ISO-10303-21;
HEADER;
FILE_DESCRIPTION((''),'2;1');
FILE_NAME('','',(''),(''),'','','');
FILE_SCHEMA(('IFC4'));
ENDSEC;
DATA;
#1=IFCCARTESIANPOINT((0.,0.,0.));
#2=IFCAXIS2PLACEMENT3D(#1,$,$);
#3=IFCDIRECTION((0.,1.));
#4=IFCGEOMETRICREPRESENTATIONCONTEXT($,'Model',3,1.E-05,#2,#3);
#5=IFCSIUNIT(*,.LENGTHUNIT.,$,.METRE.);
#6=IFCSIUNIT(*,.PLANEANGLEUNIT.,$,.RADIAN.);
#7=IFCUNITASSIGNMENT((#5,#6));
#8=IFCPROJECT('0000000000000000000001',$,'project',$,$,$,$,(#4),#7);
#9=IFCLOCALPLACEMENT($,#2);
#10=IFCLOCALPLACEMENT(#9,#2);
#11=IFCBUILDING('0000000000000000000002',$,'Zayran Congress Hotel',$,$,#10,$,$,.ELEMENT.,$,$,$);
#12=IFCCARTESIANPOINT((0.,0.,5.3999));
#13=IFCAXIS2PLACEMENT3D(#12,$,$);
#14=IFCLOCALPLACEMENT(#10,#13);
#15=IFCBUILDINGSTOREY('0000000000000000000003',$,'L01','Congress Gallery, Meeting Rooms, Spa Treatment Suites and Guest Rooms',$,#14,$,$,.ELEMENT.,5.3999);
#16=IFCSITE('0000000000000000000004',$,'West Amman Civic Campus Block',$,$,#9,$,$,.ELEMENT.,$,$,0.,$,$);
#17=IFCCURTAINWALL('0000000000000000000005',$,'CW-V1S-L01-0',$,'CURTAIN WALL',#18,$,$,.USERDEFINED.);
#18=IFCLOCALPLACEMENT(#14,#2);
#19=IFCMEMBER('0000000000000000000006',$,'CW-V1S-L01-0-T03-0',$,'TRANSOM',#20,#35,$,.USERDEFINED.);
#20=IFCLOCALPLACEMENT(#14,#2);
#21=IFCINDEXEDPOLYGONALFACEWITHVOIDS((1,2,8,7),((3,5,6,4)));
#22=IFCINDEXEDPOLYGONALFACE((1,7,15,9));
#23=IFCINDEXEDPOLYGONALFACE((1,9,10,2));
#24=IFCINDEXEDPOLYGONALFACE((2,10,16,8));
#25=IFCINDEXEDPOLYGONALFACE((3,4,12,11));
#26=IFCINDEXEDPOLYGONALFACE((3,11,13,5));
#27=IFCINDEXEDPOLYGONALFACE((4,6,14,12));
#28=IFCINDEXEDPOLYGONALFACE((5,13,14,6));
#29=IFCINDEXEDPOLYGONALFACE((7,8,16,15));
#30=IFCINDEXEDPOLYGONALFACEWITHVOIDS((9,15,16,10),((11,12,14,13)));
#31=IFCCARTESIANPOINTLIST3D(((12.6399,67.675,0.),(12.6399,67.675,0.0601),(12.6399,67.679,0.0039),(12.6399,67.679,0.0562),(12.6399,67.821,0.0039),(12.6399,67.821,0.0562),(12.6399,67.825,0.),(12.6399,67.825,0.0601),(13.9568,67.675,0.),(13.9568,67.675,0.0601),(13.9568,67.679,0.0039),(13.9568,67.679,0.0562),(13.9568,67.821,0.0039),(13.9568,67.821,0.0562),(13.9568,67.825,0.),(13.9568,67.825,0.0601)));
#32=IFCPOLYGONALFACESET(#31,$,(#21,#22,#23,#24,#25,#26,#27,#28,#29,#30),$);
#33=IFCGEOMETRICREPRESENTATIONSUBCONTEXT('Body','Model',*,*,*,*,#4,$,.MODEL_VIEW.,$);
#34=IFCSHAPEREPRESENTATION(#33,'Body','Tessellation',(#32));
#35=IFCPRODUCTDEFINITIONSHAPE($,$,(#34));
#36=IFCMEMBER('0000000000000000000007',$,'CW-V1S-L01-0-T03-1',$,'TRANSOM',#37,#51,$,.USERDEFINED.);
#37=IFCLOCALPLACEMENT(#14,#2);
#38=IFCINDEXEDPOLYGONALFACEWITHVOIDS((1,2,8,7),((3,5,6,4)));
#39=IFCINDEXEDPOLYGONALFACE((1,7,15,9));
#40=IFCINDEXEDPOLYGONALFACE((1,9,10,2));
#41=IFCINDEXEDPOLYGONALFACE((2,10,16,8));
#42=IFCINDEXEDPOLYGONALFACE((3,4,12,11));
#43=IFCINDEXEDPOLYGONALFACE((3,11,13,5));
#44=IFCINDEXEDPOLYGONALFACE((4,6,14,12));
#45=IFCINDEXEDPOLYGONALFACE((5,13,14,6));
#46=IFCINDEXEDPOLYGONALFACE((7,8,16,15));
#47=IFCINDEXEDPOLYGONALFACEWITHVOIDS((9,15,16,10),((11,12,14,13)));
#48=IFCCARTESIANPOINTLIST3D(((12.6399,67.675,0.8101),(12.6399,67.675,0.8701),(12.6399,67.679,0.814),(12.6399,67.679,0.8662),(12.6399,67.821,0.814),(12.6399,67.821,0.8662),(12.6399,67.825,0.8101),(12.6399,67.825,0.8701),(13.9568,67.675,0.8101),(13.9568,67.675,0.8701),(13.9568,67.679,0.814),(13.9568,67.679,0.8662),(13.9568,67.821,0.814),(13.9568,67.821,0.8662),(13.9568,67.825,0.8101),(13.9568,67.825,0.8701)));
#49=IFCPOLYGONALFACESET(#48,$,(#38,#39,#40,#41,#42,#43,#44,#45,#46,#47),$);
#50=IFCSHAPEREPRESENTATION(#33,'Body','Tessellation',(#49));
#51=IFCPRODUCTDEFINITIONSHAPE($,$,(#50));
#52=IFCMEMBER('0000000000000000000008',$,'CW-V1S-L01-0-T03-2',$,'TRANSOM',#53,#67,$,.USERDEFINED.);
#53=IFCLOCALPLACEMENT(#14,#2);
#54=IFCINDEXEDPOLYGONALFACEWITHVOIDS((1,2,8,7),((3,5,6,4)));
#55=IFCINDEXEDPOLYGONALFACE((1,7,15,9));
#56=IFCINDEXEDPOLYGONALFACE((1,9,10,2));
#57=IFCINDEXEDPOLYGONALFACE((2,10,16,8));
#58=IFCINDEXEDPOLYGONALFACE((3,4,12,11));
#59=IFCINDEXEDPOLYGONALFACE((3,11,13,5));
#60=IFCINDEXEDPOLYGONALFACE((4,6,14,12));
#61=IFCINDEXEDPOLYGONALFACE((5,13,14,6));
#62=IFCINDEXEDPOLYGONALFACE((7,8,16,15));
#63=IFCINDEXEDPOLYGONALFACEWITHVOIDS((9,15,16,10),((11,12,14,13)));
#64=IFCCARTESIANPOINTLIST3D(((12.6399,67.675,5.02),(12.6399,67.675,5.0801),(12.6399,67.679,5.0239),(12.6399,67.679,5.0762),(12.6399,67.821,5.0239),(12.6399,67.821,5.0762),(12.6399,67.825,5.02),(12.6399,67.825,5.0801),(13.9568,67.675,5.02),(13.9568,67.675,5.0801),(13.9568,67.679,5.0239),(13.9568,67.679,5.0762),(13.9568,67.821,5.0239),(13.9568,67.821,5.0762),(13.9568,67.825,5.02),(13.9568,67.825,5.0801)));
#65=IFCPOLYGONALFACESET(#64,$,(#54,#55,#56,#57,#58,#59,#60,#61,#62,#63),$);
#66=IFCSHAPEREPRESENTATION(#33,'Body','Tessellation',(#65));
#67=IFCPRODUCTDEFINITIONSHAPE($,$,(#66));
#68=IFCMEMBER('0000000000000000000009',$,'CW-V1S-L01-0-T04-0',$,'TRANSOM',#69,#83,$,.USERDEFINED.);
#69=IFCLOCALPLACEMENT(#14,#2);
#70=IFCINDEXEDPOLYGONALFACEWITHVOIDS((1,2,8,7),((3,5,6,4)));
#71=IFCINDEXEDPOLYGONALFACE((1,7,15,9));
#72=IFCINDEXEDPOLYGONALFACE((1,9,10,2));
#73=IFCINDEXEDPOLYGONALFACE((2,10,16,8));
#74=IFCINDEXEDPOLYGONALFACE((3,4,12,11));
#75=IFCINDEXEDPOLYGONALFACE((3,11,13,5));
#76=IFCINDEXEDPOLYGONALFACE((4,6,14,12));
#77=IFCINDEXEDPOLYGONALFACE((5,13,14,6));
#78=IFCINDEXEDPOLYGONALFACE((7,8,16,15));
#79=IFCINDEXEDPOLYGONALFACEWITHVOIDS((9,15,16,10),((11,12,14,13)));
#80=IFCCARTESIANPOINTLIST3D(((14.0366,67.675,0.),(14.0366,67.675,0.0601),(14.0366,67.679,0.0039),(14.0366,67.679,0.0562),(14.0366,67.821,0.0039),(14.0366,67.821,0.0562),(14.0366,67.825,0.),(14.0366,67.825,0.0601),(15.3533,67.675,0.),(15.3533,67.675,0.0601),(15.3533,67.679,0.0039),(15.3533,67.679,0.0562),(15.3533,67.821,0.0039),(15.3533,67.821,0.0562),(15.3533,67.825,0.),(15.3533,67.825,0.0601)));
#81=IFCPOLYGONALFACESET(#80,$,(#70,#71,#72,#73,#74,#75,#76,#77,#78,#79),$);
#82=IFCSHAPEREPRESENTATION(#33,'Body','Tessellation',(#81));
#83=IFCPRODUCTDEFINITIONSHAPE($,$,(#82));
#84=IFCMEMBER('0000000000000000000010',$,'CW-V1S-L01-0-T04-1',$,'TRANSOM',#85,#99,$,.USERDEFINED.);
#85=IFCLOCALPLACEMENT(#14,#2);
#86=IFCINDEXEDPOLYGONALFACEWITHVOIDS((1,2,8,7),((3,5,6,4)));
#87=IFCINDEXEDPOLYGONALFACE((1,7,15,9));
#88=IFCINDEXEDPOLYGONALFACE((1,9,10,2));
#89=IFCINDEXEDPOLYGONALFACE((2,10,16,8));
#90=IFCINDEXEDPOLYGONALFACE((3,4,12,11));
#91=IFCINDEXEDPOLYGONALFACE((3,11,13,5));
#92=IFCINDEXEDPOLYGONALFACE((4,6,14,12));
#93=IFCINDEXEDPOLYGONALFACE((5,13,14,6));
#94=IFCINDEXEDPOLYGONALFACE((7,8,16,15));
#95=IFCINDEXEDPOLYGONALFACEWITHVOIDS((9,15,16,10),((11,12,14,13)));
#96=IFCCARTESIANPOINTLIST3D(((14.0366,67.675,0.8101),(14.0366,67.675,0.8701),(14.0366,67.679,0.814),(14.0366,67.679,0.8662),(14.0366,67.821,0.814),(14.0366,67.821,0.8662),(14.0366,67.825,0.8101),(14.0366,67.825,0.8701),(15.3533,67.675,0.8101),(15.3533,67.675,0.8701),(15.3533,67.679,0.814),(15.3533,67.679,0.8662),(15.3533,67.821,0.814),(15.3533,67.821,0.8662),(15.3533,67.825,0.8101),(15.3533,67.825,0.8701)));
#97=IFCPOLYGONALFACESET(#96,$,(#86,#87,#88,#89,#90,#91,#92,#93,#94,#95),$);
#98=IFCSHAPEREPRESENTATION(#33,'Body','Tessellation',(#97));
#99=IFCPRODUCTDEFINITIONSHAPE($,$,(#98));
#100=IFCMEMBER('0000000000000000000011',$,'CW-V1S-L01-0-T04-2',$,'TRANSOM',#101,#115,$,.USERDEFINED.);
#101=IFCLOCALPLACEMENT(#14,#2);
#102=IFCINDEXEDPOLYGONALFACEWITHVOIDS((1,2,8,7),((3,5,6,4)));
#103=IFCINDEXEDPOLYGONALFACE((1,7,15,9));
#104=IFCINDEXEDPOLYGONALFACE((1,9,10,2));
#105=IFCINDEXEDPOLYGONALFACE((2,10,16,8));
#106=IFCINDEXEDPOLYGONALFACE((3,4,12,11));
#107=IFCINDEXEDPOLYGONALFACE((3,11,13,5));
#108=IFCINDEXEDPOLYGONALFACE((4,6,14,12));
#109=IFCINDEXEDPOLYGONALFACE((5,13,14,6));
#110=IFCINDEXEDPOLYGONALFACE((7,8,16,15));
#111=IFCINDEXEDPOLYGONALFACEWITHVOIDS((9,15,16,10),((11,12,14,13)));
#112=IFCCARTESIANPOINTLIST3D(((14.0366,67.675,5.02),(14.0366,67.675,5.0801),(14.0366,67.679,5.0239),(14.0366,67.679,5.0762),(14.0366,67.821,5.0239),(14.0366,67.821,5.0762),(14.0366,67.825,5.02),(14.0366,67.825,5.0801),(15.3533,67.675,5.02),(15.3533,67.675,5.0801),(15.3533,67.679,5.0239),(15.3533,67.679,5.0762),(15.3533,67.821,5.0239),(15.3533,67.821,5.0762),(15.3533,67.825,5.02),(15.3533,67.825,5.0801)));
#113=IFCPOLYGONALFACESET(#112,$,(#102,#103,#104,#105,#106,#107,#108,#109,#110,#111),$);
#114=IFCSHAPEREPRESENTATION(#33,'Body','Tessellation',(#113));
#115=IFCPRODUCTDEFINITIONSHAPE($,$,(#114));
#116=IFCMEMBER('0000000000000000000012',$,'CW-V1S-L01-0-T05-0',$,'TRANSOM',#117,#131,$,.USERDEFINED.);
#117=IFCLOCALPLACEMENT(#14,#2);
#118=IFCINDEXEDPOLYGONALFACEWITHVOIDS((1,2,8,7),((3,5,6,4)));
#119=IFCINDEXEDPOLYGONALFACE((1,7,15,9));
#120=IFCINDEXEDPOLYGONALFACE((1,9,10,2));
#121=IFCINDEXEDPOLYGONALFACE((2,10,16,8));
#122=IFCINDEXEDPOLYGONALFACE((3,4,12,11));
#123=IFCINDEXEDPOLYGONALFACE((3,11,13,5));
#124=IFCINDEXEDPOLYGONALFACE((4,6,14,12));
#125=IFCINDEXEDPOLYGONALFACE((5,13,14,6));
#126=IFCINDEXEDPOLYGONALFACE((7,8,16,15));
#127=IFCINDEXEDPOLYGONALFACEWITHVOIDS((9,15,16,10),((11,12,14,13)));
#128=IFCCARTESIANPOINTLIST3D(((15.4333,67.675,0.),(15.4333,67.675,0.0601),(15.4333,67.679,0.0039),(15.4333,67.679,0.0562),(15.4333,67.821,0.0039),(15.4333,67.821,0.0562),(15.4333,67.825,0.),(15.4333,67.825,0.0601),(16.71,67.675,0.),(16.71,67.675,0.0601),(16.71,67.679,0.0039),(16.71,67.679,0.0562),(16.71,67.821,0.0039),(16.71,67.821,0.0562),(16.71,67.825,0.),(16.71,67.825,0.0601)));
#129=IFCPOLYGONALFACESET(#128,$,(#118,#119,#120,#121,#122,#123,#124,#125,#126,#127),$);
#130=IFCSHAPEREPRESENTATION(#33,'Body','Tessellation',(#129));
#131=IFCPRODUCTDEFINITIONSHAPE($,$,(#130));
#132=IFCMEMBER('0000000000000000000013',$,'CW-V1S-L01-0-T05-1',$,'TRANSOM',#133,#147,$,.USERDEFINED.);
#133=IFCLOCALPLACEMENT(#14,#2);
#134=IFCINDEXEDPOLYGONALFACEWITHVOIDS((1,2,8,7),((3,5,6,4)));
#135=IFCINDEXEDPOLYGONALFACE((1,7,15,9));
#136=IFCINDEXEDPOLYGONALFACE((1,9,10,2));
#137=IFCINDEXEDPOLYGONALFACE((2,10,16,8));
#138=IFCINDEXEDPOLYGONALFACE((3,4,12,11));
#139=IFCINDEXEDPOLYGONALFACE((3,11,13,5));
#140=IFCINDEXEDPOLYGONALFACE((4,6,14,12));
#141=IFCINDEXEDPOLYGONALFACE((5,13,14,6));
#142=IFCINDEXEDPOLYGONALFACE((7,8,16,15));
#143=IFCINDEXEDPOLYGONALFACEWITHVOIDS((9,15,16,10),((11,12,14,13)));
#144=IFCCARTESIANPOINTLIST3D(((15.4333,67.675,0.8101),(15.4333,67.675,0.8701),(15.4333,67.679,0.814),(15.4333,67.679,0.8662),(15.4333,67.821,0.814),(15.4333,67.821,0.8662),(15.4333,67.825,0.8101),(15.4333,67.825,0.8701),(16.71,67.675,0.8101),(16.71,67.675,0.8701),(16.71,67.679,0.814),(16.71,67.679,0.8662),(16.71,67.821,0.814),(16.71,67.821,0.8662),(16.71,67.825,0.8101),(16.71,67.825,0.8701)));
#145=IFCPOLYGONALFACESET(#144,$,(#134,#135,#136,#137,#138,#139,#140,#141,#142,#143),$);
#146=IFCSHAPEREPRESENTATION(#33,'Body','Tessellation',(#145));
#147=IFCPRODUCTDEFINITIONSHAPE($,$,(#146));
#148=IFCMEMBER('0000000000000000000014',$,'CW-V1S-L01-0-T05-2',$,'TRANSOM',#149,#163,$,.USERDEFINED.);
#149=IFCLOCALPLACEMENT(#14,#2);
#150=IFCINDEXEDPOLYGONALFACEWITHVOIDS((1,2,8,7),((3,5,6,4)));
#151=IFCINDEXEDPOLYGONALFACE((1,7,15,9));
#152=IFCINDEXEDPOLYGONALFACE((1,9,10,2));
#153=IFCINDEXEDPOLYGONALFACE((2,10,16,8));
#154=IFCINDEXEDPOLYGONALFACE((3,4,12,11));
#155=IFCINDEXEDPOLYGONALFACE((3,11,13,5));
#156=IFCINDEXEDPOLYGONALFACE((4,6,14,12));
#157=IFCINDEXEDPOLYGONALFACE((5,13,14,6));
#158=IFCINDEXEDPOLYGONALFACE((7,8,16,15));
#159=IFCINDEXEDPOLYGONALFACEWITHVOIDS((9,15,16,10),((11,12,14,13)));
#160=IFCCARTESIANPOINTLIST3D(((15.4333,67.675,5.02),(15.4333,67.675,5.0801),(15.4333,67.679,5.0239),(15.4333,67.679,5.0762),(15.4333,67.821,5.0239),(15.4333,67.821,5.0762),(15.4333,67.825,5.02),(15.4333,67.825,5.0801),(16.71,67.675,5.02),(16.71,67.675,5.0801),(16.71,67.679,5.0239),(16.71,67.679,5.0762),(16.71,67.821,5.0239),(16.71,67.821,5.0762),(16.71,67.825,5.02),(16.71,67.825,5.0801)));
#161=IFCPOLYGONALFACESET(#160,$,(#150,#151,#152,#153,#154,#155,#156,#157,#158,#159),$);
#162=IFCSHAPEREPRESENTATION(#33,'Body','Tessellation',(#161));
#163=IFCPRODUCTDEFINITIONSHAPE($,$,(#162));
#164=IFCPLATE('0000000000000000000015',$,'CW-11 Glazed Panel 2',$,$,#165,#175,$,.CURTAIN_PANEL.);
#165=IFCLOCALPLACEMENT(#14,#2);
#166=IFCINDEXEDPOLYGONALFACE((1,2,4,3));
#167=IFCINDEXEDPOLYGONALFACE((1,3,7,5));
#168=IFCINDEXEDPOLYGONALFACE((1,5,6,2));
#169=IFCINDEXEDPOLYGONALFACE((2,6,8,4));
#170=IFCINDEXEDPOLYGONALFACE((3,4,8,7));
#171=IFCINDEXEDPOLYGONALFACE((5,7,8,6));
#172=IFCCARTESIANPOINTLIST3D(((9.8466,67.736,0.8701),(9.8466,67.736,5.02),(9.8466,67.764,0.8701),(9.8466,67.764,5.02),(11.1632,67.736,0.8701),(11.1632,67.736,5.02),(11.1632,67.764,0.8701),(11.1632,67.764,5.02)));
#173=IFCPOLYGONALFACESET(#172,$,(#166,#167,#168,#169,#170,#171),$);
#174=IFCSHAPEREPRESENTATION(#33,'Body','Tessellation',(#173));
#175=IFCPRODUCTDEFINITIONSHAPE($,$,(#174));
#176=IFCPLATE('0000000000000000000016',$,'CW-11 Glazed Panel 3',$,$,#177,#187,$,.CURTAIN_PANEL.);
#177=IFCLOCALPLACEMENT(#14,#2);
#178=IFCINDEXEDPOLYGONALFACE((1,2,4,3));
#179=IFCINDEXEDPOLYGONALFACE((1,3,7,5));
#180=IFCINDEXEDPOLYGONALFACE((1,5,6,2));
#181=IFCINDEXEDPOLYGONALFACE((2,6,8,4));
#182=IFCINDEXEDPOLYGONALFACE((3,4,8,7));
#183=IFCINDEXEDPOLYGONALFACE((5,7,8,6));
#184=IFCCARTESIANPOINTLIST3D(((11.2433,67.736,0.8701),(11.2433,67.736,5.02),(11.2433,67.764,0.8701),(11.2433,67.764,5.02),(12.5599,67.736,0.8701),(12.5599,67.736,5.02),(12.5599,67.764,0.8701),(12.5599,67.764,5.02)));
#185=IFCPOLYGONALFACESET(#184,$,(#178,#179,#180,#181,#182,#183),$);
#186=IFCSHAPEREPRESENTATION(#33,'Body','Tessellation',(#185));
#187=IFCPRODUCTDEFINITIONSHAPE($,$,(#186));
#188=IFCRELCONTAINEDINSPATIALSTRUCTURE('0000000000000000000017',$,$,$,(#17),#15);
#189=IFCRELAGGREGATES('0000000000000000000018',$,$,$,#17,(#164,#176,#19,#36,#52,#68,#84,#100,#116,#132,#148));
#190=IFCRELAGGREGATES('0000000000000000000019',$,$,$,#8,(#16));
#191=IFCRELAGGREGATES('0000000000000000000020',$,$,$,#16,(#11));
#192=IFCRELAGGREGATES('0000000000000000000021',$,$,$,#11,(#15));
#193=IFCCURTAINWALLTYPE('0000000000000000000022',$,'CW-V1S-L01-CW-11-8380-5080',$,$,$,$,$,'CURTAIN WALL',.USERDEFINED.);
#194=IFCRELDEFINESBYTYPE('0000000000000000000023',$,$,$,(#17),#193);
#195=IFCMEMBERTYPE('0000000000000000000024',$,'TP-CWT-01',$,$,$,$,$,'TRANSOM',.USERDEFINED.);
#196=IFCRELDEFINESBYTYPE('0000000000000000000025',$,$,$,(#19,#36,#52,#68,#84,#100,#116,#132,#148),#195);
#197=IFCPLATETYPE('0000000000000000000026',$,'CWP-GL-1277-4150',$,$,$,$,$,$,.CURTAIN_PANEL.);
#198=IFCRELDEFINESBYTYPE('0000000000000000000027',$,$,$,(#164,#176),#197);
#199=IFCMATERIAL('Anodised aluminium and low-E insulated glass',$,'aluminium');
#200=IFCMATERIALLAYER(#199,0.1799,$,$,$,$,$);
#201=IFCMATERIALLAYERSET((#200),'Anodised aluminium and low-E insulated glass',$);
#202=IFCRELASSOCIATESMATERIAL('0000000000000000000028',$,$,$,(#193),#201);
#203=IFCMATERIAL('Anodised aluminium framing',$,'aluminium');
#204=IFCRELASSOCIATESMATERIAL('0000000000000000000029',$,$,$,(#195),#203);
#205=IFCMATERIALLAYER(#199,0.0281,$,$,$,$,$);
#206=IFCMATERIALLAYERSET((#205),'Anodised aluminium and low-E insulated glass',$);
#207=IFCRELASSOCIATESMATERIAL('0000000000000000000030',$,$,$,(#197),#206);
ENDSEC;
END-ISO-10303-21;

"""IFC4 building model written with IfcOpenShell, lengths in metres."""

from ifc_helpers import new_model, si_unit, direction, frame, origin, origin_2d, place, context, subcontext, project, spatial, rectangle, hollow_rectangle, extrude, material, layer, layer_set, material_profile, profile_set, type_object, element, aggregate, save


model = new_model("IFC4")

# Units and contexts
model_context = context("Model", 3, precision=1e-05, world=origin(), true_north=direction((0.0, 1.0)))
body_context = subcontext(model_context, "Body", "Model", "MODEL_VIEW")
ifc_project = project(units=[si_unit("LENGTHUNIT", "METRE"), si_unit("PLANEANGLEUNIT", "RADIAN")], contexts=[model_context])

# Site, building, storey
site_placement = place(None, origin())
site = spatial("IfcSite", under=ifc_project, at=site_placement, Name="West Amman Civic Campus Block", CompositionType="ELEMENT", RefElevation=0.0)
building_placement = place(site_placement, origin())
building = spatial("IfcBuilding", under=site, at=building_placement, Name="Zayran Congress Hotel", CompositionType="ELEMENT")
storey_placement = place(building_placement, frame((0.0, 0.0, 5.3999)))
storey = spatial("IfcBuildingStorey", under=building, at=storey_placement, Name="L01", Description="Congress Gallery, Meeting Rooms, Spa Treatment Suites and Guest Rooms", CompositionType="ELEMENT", Elevation=5.3999)

# Curtain wall, members, plates
ifc_material_1 = material(Name="Anodised aluminium and low-E insulated glass", Category="aluminium")
ifc_layer_1 = layer(ifc_material_1, 0.1799)
ifc_layer_set_1 = layer_set([ifc_layer_1], Name="Anodised aluminium and low-E insulated glass")
curtain_wall_type = type_object("IfcCurtainWallType", Name="CW-V1S-L01-CW-11-8380-5080", ElementType="CURTAIN WALL", PredefinedType="USERDEFINED", material=ifc_layer_set_1)
curtain_wall_placement = place(storey_placement, origin())
curtain_wall = element("IfcCurtainWall", 1, at=curtain_wall_placement, inside=storey, type_object=curtain_wall_type, Name="CW-V1S-L01-0", ObjectType="CURTAIN WALL", PredefinedType="USERDEFINED")
ifc_material_2 = material(Name="Anodised aluminium framing", Category="aluminium")
ifc_material_profile_1 = material_profile(ifc_material_2, hollow_rectangle(XDim=0.0601, YDim=0.1499, WallThickness=0.0039, at=origin_2d()), Name="RHS 150x60x4")
ifc_profile_set_1 = profile_set([ifc_material_profile_1], Name="Anodised aluminium framing")
member_type_1 = type_object("IfcMemberType", Name="TP-CWT-01", ElementType="TRANSOM", PredefinedType="USERDEFINED", material=ifc_profile_set_1)
member_1_placement = place(storey_placement, frame((12.6399, 67.75, 0.03), z_axis=(1.0, 0.0, 0.0), x_axis=(0.0, 0.0, 1.0)))
member_1 = element("IfcMember", 2, at=member_1_placement, type_object=member_type_1, Name="CW-V1S-L01-0-T03-0", ObjectType="TRANSOM", PredefinedType="USERDEFINED", context=body_context, shape_type="SweptSolid", body=[
    extrude(hollow_rectangle(XDim=0.0601, YDim=0.1499, WallThickness=0.0039, at=origin_2d()), origin(), (0.0, 0.0, 1.0), 1.3169),
])
member_2_placement = place(storey_placement, frame((12.6399, 67.75, 0.8401), z_axis=(1.0, 0.0, 0.0), x_axis=(0.0, 0.0, 1.0)))
member_2 = element("IfcMember", 3, at=member_2_placement, type_object=member_type_1, Name="CW-V1S-L01-0-T03-1", ObjectType="TRANSOM", PredefinedType="USERDEFINED", context=body_context, shape_type="SweptSolid", body=[
    extrude(hollow_rectangle(XDim=0.0601, YDim=0.1499, WallThickness=0.0039, at=origin_2d()), origin(), (0.0, 0.0, 1.0), 1.3169),
])
member_3_placement = place(storey_placement, frame((12.6399, 67.75, 5.05), z_axis=(1.0, 0.0, 0.0), x_axis=(0.0, 0.0, 1.0)))
member_3 = element("IfcMember", 4, at=member_3_placement, type_object=member_type_1, Name="CW-V1S-L01-0-T03-2", ObjectType="TRANSOM", PredefinedType="USERDEFINED", context=body_context, shape_type="SweptSolid", body=[
    extrude(hollow_rectangle(XDim=0.0601, YDim=0.1499, WallThickness=0.0039, at=origin_2d()), origin(), (0.0, 0.0, 1.0), 1.3169),
])
member_4_placement = place(storey_placement, frame((14.0366, 67.75, 0.03), z_axis=(1.0, 0.0, 0.0), x_axis=(0.0, 0.0, 1.0)))
member_4 = element("IfcMember", 5, at=member_4_placement, type_object=member_type_1, Name="CW-V1S-L01-0-T04-0", ObjectType="TRANSOM", PredefinedType="USERDEFINED", context=body_context, shape_type="SweptSolid", body=[
    extrude(hollow_rectangle(XDim=0.0601, YDim=0.1499, WallThickness=0.0039, at=origin_2d()), origin(), (0.0, 0.0, 1.0), 1.3167),
])
member_5_placement = place(storey_placement, frame((14.0366, 67.75, 0.8401), z_axis=(1.0, 0.0, 0.0), x_axis=(0.0, 0.0, 1.0)))
member_5 = element("IfcMember", 6, at=member_5_placement, type_object=member_type_1, Name="CW-V1S-L01-0-T04-1", ObjectType="TRANSOM", PredefinedType="USERDEFINED", context=body_context, shape_type="SweptSolid", body=[
    extrude(hollow_rectangle(XDim=0.0601, YDim=0.1499, WallThickness=0.0039, at=origin_2d()), origin(), (0.0, 0.0, 1.0), 1.3167),
])
member_6_placement = place(storey_placement, frame((14.0366, 67.75, 5.05), z_axis=(1.0, 0.0, 0.0), x_axis=(0.0, 0.0, 1.0)))
member_6 = element("IfcMember", 7, at=member_6_placement, type_object=member_type_1, Name="CW-V1S-L01-0-T04-2", ObjectType="TRANSOM", PredefinedType="USERDEFINED", context=body_context, shape_type="SweptSolid", body=[
    extrude(hollow_rectangle(XDim=0.0601, YDim=0.1499, WallThickness=0.0039, at=origin_2d()), origin(), (0.0, 0.0, 1.0), 1.3167),
])
member_7_placement = place(storey_placement, frame((15.4333, 67.75, 0.03), z_axis=(1.0, 0.0, 0.0), x_axis=(0.0, 0.0, 1.0)))
member_7 = element("IfcMember", 8, at=member_7_placement, type_object=member_type_1, Name="CW-V1S-L01-0-T05-0", ObjectType="TRANSOM", PredefinedType="USERDEFINED", context=body_context, shape_type="SweptSolid", body=[
    extrude(hollow_rectangle(XDim=0.0601, YDim=0.1499, WallThickness=0.0039, at=origin_2d()), origin(), (0.0, 0.0, 1.0), 1.2766),
])
member_8_placement = place(storey_placement, frame((15.4333, 67.75, 0.8401), z_axis=(1.0, 0.0, 0.0), x_axis=(0.0, 0.0, 1.0)))
member_8 = element("IfcMember", 9, at=member_8_placement, type_object=member_type_1, Name="CW-V1S-L01-0-T05-1", ObjectType="TRANSOM", PredefinedType="USERDEFINED", context=body_context, shape_type="SweptSolid", body=[
    extrude(hollow_rectangle(XDim=0.0601, YDim=0.1499, WallThickness=0.0039, at=origin_2d()), origin(), (0.0, 0.0, 1.0), 1.2766),
])
member_9_placement = place(storey_placement, frame((15.4333, 67.75, 5.05), z_axis=(1.0, 0.0, 0.0), x_axis=(0.0, 0.0, 1.0)))
member_9 = element("IfcMember", 10, at=member_9_placement, type_object=member_type_1, Name="CW-V1S-L01-0-T05-2", ObjectType="TRANSOM", PredefinedType="USERDEFINED", context=body_context, shape_type="SweptSolid", body=[
    extrude(hollow_rectangle(XDim=0.0601, YDim=0.1499, WallThickness=0.0039, at=origin_2d()), origin(), (0.0, 0.0, 1.0), 1.2766),
])
ifc_layer_2 = layer(ifc_material_1, 0.0281)
ifc_layer_set_2 = layer_set([ifc_layer_2], Name="Anodised aluminium and low-E insulated glass")
plate_type_1 = type_object("IfcPlateType", Name="CWP-GL-1277-4150", PredefinedType="CURTAIN_PANEL", material=ifc_layer_set_2)
plate_1_placement = place(storey_placement, frame((10.5049, 67.75, 0.8701), z_axis=(0.0, 0.0, 1.0), x_axis=(1.0, 0.0, 0.0)))
plate_1 = element("IfcPlate", 11, at=plate_1_placement, type_object=plate_type_1, Name="CW-11 Glazed Panel 2", PredefinedType="CURTAIN_PANEL", context=body_context, shape_type="SweptSolid", body=[
    extrude(rectangle(XDim=1.3167, YDim=0.0281, at=origin_2d()), origin(), (0.0, 0.0, 1.0), 4.1499),
])
plate_2_placement = place(storey_placement, frame((11.9016, 67.75, 0.8701), z_axis=(0.0, 0.0, 1.0), x_axis=(1.0, 0.0, 0.0)))
plate_2 = element("IfcPlate", 12, at=plate_2_placement, type_object=plate_type_1, Name="CW-11 Glazed Panel 3", PredefinedType="CURTAIN_PANEL", context=body_context, shape_type="SweptSolid", body=[
    extrude(rectangle(XDim=1.3167, YDim=0.0281, at=origin_2d()), origin(), (0.0, 0.0, 1.0), 4.1499),
])
aggregate(curtain_wall, [plate_1, plate_2, member_1, member_2, member_3, member_4, member_5, member_6, member_7, member_8, member_9])

save(model, "model.ifc")
